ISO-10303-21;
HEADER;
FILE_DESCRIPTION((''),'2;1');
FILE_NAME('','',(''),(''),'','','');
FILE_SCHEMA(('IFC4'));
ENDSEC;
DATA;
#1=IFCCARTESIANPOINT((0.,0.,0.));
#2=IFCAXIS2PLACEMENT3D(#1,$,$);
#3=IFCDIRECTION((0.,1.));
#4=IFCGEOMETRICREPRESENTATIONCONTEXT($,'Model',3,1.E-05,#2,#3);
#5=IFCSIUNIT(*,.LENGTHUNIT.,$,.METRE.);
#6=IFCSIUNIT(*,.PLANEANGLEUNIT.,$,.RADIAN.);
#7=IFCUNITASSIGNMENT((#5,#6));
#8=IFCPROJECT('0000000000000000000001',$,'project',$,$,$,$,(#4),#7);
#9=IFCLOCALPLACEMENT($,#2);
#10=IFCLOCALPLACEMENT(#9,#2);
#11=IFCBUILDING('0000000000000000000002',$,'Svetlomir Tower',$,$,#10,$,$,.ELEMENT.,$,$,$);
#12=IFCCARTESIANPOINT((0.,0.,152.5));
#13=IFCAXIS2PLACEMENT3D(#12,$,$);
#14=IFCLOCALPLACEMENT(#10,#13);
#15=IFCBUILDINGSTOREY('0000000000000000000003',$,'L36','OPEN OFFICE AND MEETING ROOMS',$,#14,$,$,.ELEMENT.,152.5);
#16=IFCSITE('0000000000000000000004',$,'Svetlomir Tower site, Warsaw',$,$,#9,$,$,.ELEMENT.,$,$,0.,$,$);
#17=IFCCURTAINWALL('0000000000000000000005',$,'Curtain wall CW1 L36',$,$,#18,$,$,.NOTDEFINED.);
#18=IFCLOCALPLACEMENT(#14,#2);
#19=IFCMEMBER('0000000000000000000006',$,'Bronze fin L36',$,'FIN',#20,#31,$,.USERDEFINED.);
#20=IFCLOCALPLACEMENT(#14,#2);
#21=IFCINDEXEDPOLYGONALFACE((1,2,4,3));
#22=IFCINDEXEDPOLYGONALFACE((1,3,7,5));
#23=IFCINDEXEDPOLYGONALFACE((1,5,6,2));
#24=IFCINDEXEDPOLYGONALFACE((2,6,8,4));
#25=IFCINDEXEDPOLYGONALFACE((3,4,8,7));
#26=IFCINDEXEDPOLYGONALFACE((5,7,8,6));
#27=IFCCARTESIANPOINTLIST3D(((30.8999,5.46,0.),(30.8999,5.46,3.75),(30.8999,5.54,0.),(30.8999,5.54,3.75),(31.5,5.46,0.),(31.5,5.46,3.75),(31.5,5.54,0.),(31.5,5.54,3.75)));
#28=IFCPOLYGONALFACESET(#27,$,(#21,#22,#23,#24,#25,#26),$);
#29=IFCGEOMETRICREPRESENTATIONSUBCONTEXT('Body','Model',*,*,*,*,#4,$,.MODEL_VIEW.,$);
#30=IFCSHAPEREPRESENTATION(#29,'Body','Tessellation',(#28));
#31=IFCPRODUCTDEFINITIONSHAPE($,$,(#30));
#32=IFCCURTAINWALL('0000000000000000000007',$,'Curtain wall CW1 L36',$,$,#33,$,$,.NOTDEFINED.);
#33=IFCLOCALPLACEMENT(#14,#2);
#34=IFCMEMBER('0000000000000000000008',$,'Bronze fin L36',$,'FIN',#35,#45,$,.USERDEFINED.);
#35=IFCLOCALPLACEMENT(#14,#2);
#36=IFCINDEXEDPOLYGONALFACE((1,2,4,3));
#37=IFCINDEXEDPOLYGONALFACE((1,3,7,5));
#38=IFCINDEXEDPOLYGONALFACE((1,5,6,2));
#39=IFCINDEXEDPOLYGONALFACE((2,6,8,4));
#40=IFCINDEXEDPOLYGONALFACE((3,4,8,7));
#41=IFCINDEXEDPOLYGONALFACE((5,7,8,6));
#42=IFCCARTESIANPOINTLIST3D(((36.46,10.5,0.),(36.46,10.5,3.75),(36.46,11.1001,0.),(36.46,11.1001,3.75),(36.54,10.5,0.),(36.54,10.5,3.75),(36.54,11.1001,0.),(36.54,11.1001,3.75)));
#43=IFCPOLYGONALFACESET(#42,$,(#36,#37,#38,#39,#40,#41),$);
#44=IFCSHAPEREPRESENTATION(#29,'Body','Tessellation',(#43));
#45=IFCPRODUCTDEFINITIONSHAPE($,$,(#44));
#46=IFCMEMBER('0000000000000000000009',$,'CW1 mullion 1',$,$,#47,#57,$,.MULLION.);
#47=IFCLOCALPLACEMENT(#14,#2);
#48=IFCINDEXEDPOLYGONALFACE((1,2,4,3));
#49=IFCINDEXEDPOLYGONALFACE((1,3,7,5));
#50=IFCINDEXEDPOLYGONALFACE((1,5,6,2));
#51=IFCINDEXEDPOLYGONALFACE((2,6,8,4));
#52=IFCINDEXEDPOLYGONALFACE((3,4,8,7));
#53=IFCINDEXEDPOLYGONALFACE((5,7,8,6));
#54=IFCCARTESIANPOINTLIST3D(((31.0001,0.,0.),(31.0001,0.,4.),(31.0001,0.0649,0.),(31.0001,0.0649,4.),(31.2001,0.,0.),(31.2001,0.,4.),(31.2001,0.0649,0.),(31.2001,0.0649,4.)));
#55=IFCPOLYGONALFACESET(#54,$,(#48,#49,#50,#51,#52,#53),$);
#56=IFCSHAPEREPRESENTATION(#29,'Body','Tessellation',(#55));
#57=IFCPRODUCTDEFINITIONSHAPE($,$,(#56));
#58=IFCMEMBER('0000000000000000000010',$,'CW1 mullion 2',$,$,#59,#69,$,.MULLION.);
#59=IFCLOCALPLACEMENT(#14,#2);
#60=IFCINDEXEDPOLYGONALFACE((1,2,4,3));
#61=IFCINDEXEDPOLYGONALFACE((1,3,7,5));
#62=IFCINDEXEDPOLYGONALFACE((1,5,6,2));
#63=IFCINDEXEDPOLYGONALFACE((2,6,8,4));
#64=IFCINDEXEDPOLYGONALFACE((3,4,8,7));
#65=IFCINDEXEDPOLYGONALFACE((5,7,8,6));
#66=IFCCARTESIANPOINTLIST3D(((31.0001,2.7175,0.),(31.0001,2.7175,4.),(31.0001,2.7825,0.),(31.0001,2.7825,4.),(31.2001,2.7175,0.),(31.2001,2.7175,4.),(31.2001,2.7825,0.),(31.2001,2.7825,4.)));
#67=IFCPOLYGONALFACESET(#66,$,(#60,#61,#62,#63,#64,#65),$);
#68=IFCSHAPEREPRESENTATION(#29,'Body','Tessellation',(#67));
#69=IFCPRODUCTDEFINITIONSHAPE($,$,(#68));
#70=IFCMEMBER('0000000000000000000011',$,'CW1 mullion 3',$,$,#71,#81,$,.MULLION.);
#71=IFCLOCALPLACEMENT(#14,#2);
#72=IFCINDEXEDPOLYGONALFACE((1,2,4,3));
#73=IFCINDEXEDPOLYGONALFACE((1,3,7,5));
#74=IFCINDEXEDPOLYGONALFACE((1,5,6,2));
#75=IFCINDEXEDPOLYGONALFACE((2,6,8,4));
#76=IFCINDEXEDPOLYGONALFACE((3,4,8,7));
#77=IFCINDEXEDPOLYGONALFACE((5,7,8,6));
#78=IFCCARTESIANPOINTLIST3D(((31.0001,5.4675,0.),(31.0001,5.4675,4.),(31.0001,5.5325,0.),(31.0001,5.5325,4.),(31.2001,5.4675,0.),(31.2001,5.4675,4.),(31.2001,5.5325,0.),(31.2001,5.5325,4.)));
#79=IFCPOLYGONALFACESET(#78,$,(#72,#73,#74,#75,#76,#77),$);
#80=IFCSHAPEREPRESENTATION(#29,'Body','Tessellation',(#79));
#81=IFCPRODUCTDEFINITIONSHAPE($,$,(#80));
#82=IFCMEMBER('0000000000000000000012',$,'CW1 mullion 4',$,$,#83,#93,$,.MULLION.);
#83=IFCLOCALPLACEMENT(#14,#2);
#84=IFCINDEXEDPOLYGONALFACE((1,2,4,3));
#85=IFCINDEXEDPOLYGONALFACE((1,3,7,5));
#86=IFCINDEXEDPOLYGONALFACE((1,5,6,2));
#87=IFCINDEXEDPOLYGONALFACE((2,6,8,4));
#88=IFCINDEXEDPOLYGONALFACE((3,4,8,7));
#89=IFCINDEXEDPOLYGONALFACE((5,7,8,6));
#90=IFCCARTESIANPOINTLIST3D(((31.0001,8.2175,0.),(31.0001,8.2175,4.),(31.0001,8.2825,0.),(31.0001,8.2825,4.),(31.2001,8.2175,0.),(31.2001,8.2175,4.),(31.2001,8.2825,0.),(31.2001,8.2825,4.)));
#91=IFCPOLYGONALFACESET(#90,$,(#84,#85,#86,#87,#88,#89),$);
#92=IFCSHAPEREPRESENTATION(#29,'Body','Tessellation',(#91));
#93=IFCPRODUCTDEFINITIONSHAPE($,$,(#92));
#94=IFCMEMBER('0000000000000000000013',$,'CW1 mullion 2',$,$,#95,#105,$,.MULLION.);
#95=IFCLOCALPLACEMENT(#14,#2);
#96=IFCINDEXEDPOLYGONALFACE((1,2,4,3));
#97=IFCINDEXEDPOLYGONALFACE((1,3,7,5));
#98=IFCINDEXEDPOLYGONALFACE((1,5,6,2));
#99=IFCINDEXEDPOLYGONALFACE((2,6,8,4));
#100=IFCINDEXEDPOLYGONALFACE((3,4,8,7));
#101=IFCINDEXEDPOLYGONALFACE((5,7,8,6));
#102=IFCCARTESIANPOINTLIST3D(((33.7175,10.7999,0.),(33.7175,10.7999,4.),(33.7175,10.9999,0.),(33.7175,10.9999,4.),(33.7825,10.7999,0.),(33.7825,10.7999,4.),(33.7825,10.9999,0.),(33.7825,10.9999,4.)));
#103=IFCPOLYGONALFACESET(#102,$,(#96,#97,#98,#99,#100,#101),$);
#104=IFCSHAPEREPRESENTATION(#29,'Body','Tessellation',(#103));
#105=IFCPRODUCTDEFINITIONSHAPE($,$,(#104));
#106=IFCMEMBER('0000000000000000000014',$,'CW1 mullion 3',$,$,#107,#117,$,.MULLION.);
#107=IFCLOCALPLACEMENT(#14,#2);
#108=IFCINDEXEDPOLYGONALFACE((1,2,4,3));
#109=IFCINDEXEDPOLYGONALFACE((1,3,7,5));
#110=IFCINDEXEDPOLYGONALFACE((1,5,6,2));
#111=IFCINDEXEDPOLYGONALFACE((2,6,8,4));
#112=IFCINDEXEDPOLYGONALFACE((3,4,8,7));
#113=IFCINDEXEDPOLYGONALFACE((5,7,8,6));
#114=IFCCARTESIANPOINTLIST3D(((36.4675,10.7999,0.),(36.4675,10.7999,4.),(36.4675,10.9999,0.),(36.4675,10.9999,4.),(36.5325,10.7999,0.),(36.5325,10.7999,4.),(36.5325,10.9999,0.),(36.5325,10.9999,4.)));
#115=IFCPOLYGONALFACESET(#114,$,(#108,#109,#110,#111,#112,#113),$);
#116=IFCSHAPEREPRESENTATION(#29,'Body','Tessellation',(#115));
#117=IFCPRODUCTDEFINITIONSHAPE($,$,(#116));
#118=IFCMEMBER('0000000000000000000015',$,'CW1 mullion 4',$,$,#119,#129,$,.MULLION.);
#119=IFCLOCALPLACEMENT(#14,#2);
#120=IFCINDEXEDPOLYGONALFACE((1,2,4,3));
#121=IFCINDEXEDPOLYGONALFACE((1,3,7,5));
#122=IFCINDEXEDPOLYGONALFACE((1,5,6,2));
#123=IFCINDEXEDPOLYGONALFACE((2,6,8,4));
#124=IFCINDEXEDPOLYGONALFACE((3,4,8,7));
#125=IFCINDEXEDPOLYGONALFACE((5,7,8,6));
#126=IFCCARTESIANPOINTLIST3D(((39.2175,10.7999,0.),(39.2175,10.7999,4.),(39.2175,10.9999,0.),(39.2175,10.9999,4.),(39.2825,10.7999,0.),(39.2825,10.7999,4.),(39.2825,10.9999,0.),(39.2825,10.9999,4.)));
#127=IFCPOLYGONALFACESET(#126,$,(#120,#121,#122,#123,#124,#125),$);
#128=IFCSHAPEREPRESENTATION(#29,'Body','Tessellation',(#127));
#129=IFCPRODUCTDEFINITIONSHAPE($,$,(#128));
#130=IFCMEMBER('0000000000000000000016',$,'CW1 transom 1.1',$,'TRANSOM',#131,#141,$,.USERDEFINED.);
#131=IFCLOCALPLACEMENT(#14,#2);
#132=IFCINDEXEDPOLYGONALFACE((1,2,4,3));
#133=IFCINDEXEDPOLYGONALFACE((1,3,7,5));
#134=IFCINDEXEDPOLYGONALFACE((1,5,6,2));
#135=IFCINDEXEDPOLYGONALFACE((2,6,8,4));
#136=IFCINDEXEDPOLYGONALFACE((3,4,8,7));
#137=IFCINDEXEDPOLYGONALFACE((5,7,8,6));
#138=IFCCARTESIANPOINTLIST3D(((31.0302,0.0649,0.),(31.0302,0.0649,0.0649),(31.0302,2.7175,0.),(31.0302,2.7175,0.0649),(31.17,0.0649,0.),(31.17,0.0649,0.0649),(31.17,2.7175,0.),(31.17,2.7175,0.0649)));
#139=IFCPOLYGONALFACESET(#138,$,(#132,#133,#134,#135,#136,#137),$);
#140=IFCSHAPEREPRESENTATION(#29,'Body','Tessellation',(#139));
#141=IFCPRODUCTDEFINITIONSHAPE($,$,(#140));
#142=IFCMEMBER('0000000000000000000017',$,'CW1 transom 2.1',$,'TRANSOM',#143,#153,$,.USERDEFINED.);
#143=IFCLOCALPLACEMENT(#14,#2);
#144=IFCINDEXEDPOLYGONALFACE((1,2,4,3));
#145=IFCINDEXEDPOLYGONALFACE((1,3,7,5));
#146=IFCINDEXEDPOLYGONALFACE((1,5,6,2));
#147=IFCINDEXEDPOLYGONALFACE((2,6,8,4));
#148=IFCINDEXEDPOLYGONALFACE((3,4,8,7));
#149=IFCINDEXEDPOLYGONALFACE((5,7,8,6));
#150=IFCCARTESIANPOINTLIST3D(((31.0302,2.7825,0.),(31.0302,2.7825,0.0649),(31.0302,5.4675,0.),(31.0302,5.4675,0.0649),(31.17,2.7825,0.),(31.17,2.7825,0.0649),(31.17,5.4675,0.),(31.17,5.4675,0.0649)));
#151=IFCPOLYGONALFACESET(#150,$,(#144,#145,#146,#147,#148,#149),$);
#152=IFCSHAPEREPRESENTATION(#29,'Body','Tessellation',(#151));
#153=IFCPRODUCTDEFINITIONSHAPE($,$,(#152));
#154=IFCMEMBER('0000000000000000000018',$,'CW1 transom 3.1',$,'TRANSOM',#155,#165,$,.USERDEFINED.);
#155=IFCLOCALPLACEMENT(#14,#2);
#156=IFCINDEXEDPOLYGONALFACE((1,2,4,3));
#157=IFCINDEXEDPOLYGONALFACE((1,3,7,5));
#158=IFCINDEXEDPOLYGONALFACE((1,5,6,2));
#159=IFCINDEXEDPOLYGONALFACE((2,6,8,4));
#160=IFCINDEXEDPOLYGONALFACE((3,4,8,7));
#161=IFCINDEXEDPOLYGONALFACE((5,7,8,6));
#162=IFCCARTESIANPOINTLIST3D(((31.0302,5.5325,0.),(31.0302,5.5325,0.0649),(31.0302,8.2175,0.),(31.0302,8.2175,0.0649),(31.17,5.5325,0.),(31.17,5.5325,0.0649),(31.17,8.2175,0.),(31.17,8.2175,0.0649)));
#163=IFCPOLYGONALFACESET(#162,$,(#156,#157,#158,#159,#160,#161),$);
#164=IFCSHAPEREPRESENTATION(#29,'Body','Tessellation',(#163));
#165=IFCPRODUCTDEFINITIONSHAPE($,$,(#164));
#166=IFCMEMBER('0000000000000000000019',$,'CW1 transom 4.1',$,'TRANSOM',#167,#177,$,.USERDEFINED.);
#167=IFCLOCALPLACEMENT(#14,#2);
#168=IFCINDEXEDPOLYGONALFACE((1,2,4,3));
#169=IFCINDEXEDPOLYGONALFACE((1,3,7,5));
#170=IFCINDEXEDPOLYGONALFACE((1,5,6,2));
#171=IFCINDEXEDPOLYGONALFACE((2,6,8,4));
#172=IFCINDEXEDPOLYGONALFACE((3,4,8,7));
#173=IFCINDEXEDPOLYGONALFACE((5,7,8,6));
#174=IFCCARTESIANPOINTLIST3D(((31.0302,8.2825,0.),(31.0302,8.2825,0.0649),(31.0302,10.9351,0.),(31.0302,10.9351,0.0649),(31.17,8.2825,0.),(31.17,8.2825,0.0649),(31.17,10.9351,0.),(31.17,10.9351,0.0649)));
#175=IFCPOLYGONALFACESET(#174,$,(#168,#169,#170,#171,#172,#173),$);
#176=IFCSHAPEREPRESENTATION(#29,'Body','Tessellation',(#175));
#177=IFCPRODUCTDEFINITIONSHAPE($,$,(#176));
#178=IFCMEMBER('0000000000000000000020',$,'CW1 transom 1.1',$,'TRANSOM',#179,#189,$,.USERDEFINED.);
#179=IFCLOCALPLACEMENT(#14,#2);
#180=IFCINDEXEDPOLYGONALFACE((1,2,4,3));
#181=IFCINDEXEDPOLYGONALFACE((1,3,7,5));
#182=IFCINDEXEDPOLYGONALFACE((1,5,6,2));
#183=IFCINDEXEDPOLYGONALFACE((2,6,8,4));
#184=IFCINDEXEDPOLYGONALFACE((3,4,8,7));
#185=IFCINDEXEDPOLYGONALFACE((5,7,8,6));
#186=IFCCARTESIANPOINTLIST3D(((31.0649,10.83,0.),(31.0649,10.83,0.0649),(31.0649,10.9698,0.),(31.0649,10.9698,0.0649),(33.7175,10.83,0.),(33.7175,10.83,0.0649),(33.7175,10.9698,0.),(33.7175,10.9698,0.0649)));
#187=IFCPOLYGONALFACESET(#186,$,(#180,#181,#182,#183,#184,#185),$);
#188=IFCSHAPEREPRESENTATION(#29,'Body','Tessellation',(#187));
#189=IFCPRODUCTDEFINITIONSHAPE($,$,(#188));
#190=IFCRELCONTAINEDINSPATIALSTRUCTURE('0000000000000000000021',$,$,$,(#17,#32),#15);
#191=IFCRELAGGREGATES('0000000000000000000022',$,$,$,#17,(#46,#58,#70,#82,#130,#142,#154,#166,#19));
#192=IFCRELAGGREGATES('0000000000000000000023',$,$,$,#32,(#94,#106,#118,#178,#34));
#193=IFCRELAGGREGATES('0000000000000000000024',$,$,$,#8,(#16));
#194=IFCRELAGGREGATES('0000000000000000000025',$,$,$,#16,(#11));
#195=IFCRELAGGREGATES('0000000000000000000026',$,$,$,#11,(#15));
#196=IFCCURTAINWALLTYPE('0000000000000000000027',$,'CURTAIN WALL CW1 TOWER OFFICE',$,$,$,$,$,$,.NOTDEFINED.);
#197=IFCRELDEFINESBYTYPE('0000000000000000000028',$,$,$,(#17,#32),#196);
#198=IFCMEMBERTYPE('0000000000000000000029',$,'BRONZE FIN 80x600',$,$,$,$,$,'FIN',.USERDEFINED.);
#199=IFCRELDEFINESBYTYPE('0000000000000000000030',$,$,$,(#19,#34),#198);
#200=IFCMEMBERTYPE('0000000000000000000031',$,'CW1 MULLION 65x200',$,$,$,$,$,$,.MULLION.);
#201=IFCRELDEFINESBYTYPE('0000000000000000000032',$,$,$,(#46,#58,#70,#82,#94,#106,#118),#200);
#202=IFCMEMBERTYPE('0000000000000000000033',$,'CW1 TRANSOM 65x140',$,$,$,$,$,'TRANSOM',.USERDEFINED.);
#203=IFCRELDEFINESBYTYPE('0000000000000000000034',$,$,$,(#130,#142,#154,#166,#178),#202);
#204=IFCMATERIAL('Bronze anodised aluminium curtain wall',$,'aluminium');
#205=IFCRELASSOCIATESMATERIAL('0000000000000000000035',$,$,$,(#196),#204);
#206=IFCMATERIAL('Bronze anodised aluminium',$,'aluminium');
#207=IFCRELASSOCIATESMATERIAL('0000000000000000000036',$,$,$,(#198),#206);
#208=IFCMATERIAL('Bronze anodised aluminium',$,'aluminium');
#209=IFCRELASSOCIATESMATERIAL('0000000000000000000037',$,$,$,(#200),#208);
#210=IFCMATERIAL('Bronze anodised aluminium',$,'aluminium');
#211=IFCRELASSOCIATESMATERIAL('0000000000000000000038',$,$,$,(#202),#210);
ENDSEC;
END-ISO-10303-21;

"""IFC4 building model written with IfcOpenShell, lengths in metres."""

from ifc_helpers import new_model, si_unit, direction, frame, origin, origin_2d, place, context, subcontext, project, spatial, rectangle, extrude, material, material_profile, profile_set, type_object, element, aggregate, save


model = new_model("IFC4")

# Units and contexts
model_context = context("Model", 3, precision=1e-05, world=origin(), true_north=direction((0.0, 1.0)))
body_context = subcontext(model_context, "Body", "Model", "MODEL_VIEW")
ifc_project = project(units=[si_unit("LENGTHUNIT", "METRE"), si_unit("PLANEANGLEUNIT", "RADIAN")], contexts=[model_context])

# Site, building, storey
site_placement = place(None, origin())
site = spatial("IfcSite", under=ifc_project, at=site_placement, Name="Svetlomir Tower site, Warsaw", CompositionType="ELEMENT", RefElevation=0.0)
building_placement = place(site_placement, origin())
building = spatial("IfcBuilding", under=site, at=building_placement, Name="Svetlomir Tower", CompositionType="ELEMENT")
storey_placement = place(building_placement, frame((0.0, 0.0, 152.5)))
storey = spatial("IfcBuildingStorey", under=building, at=storey_placement, Name="L36", Description="OPEN OFFICE AND MEETING ROOMS", CompositionType="ELEMENT", Elevation=152.5)

# Curtain walls, members
ifc_material_1 = material(Name="Bronze anodised aluminium curtain wall", Category="aluminium")
curtain_wall_type = type_object("IfcCurtainWallType", Name="CURTAIN WALL CW1 TOWER OFFICE", PredefinedType="NOTDEFINED", material=ifc_material_1)
curtain_wall_1_placement = place(storey_placement, origin())
curtain_wall_1 = element("IfcCurtainWall", 1, at=curtain_wall_1_placement, inside=storey, type_object=curtain_wall_type, Name="Curtain wall CW1 L36", PredefinedType="NOTDEFINED")
ifc_material_2 = material(Name="Bronze anodised aluminium", Category="aluminium")
ifc_material_profile_1 = material_profile(ifc_material_2, rectangle(XDim=0.0801, YDim=0.6001, at=origin_2d()), Name="FIN 80x600")
ifc_profile_set_1 = profile_set([ifc_material_profile_1], Name="Bronze anodised aluminium 6063-T6")
member_type_1 = type_object("IfcMemberType", Name="BRONZE FIN 80x600", ElementType="FIN", PredefinedType="USERDEFINED", material=ifc_profile_set_1)
member_1_placement = place(storey_placement, frame((31.2, 5.5, 0.0), z_axis=(0.0, 0.0, 1.0), x_axis=(0.0, 1.0, 0.0)))
member_1 = element("IfcMember", 2, at=member_1_placement, type_object=member_type_1, Name="Bronze fin L36", ObjectType="FIN", PredefinedType="USERDEFINED", context=body_context, shape_type="SweptSolid", body=[
    extrude(rectangle(XDim=0.0801, YDim=0.6001, at=origin_2d()), origin(), (0.0, 0.0, 1.0), 3.75),
])
curtain_wall_2_placement = place(storey_placement, origin())
curtain_wall_2 = element("IfcCurtainWall", 3, at=curtain_wall_2_placement, inside=storey, type_object=curtain_wall_type, Name="Curtain wall CW1 L36", PredefinedType="NOTDEFINED")
member_2_placement = place(storey_placement, frame((36.5, 10.8, 0.0), z_axis=(0.0, 0.0, 1.0), x_axis=(1.0, 0.0, 0.0)))
member_2 = element("IfcMember", 4, at=member_2_placement, type_object=member_type_1, Name="Bronze fin L36", ObjectType="FIN", PredefinedType="USERDEFINED", context=body_context, shape_type="SweptSolid", body=[
    extrude(rectangle(XDim=0.0801, YDim=0.6001, at=origin_2d()), origin(), (0.0, 0.0, 1.0), 3.75),
])

# Members
ifc_material_3 = material(Name="Bronze anodised aluminium", Category="aluminium")
ifc_material_profile_2 = material_profile(ifc_material_3, rectangle(XDim=0.0649, YDim=0.2, at=origin_2d()), Name="AL 65x200")
ifc_profile_set_2 = profile_set([ifc_material_profile_2], Name="Bronze anodised aluminium 6063-T6")
member_type_2 = type_object("IfcMemberType", Name="CW1 MULLION 65x200", PredefinedType="MULLION", material=ifc_profile_set_2)
member_3_placement = place(storey_placement, frame((31.1001, 0.0325, 0.0), z_axis=(0.0, 0.0, 1.0), x_axis=(0.0, 1.0, 0.0)))
member_3 = element("IfcMember", 5, at=member_3_placement, type_object=member_type_2, Name="CW1 mullion 1", PredefinedType="MULLION", context=body_context, shape_type="SweptSolid", body=[
    extrude(rectangle(XDim=0.0649, YDim=0.2, at=origin_2d()), origin(), (0.0, 0.0, 1.0), 4.0),
])
member_4_placement = place(storey_placement, frame((31.1001, 2.75, 0.0), z_axis=(0.0, 0.0, 1.0), x_axis=(0.0, 1.0, 0.0)))
member_4 = element("IfcMember", 6, at=member_4_placement, type_object=member_type_2, Name="CW1 mullion 2", PredefinedType="MULLION", context=body_context, shape_type="SweptSolid", body=[
    extrude(rectangle(XDim=0.0649, YDim=0.2, at=origin_2d()), origin(), (0.0, 0.0, 1.0), 4.0),
])
member_5_placement = place(storey_placement, frame((31.1001, 5.5, 0.0), z_axis=(0.0, 0.0, 1.0), x_axis=(0.0, 1.0, 0.0)))
member_5 = element("IfcMember", 7, at=member_5_placement, type_object=member_type_2, Name="CW1 mullion 3", PredefinedType="MULLION", context=body_context, shape_type="SweptSolid", body=[
    extrude(rectangle(XDim=0.0649, YDim=0.2, at=origin_2d()), origin(), (0.0, 0.0, 1.0), 4.0),
])
member_6_placement = place(storey_placement, frame((31.1001, 8.25, 0.0), z_axis=(0.0, 0.0, 1.0), x_axis=(0.0, 1.0, 0.0)))
member_6 = element("IfcMember", 8, at=member_6_placement, type_object=member_type_2, Name="CW1 mullion 4", PredefinedType="MULLION", context=body_context, shape_type="SweptSolid", body=[
    extrude(rectangle(XDim=0.0649, YDim=0.2, at=origin_2d()), origin(), (0.0, 0.0, 1.0), 4.0),
])
member_7_placement = place(storey_placement, frame((33.75, 10.8999, 0.0), z_axis=(0.0, 0.0, 1.0), x_axis=(1.0, 0.0, 0.0)))
member_7 = element("IfcMember", 9, at=member_7_placement, type_object=member_type_2, Name="CW1 mullion 2", PredefinedType="MULLION", context=body_context, shape_type="SweptSolid", body=[
    extrude(rectangle(XDim=0.0649, YDim=0.2, at=origin_2d()), origin(), (0.0, 0.0, 1.0), 4.0),
])
member_8_placement = place(storey_placement, frame((36.5, 10.8999, 0.0), z_axis=(0.0, 0.0, 1.0), x_axis=(1.0, 0.0, 0.0)))
member_8 = element("IfcMember", 10, at=member_8_placement, type_object=member_type_2, Name="CW1 mullion 3", PredefinedType="MULLION", context=body_context, shape_type="SweptSolid", body=[
    extrude(rectangle(XDim=0.0649, YDim=0.2, at=origin_2d()), origin(), (0.0, 0.0, 1.0), 4.0),
])
member_9_placement = place(storey_placement, frame((39.25, 10.8999, 0.0), z_axis=(0.0, 0.0, 1.0), x_axis=(1.0, 0.0, 0.0)))
member_9 = element("IfcMember", 11, at=member_9_placement, type_object=member_type_2, Name="CW1 mullion 4", PredefinedType="MULLION", context=body_context, shape_type="SweptSolid", body=[
    extrude(rectangle(XDim=0.0649, YDim=0.2, at=origin_2d()), origin(), (0.0, 0.0, 1.0), 4.0),
])
ifc_material_4 = material(Name="Bronze anodised aluminium", Category="aluminium")
ifc_material_profile_3 = material_profile(ifc_material_4, rectangle(XDim=0.1399, YDim=0.0649, at=origin_2d()), Name="AL 140x65")
ifc_profile_set_3 = profile_set([ifc_material_profile_3], Name="Bronze anodised aluminium 6063-T6")
member_type_3 = type_object("IfcMemberType", Name="CW1 TRANSOM 65x140", ElementType="TRANSOM", PredefinedType="USERDEFINED", material=ifc_profile_set_3)
member_10_placement = place(storey_placement, frame((31.1001, 0.0649, 0.0325), z_axis=(0.0, 1.0, 0.0), x_axis=(-1.0, 0.0, 0.0)))
member_10 = element("IfcMember", 12, at=member_10_placement, type_object=member_type_3, Name="CW1 transom 1.1", ObjectType="TRANSOM", PredefinedType="USERDEFINED", context=body_context, shape_type="SweptSolid", body=[
    extrude(rectangle(XDim=0.1399, YDim=0.0649, at=origin_2d()), origin(), (0.0, 0.0, 1.0), 2.6526),
])
member_11_placement = place(storey_placement, frame((31.1001, 2.7825, 0.0325), z_axis=(0.0, 1.0, 0.0), x_axis=(-1.0, 0.0, 0.0)))
member_11 = element("IfcMember", 13, at=member_11_placement, type_object=member_type_3, Name="CW1 transom 2.1", ObjectType="TRANSOM", PredefinedType="USERDEFINED", context=body_context, shape_type="SweptSolid", body=[
    extrude(rectangle(XDim=0.1399, YDim=0.0649, at=origin_2d()), origin(), (0.0, 0.0, 1.0), 2.6851),
])
member_12_placement = place(storey_placement, frame((31.1001, 5.5325, 0.0325), z_axis=(0.0, 1.0, 0.0), x_axis=(-1.0, 0.0, 0.0)))
member_12 = element("IfcMember", 14, at=member_12_placement, type_object=member_type_3, Name="CW1 transom 3.1", ObjectType="TRANSOM", PredefinedType="USERDEFINED", context=body_context, shape_type="SweptSolid", body=[
    extrude(rectangle(XDim=0.1399, YDim=0.0649, at=origin_2d()), origin(), (0.0, 0.0, 1.0), 2.6851),
])
member_13_placement = place(storey_placement, frame((31.1001, 8.2825, 0.0325), z_axis=(0.0, 1.0, 0.0), x_axis=(-1.0, 0.0, 0.0)))
member_13 = element("IfcMember", 15, at=member_13_placement, type_object=member_type_3, Name="CW1 transom 4.1", ObjectType="TRANSOM", PredefinedType="USERDEFINED", context=body_context, shape_type="SweptSolid", body=[
    extrude(rectangle(XDim=0.1399, YDim=0.0649, at=origin_2d()), origin(), (0.0, 0.0, 1.0), 2.6526),
])
member_14_placement = place(storey_placement, frame((31.0649, 10.8999, 0.0325), z_axis=(1.0, 0.0, 0.0), x_axis=(0.0, 1.0, 0.0)))
member_14 = element("IfcMember", 16, at=member_14_placement, type_object=member_type_3, Name="CW1 transom 1.1", ObjectType="TRANSOM", PredefinedType="USERDEFINED", context=body_context, shape_type="SweptSolid", body=[
    extrude(rectangle(XDim=0.1399, YDim=0.0649, at=origin_2d()), origin(), (0.0, 0.0, 1.0), 2.6526),
])

aggregate(curtain_wall_1, [member_3, member_4, member_5, member_6, member_10, member_11, member_12, member_13, member_1])
aggregate(curtain_wall_2, [member_7, member_8, member_9, member_14, member_2])

save(model, "model.ifc")
